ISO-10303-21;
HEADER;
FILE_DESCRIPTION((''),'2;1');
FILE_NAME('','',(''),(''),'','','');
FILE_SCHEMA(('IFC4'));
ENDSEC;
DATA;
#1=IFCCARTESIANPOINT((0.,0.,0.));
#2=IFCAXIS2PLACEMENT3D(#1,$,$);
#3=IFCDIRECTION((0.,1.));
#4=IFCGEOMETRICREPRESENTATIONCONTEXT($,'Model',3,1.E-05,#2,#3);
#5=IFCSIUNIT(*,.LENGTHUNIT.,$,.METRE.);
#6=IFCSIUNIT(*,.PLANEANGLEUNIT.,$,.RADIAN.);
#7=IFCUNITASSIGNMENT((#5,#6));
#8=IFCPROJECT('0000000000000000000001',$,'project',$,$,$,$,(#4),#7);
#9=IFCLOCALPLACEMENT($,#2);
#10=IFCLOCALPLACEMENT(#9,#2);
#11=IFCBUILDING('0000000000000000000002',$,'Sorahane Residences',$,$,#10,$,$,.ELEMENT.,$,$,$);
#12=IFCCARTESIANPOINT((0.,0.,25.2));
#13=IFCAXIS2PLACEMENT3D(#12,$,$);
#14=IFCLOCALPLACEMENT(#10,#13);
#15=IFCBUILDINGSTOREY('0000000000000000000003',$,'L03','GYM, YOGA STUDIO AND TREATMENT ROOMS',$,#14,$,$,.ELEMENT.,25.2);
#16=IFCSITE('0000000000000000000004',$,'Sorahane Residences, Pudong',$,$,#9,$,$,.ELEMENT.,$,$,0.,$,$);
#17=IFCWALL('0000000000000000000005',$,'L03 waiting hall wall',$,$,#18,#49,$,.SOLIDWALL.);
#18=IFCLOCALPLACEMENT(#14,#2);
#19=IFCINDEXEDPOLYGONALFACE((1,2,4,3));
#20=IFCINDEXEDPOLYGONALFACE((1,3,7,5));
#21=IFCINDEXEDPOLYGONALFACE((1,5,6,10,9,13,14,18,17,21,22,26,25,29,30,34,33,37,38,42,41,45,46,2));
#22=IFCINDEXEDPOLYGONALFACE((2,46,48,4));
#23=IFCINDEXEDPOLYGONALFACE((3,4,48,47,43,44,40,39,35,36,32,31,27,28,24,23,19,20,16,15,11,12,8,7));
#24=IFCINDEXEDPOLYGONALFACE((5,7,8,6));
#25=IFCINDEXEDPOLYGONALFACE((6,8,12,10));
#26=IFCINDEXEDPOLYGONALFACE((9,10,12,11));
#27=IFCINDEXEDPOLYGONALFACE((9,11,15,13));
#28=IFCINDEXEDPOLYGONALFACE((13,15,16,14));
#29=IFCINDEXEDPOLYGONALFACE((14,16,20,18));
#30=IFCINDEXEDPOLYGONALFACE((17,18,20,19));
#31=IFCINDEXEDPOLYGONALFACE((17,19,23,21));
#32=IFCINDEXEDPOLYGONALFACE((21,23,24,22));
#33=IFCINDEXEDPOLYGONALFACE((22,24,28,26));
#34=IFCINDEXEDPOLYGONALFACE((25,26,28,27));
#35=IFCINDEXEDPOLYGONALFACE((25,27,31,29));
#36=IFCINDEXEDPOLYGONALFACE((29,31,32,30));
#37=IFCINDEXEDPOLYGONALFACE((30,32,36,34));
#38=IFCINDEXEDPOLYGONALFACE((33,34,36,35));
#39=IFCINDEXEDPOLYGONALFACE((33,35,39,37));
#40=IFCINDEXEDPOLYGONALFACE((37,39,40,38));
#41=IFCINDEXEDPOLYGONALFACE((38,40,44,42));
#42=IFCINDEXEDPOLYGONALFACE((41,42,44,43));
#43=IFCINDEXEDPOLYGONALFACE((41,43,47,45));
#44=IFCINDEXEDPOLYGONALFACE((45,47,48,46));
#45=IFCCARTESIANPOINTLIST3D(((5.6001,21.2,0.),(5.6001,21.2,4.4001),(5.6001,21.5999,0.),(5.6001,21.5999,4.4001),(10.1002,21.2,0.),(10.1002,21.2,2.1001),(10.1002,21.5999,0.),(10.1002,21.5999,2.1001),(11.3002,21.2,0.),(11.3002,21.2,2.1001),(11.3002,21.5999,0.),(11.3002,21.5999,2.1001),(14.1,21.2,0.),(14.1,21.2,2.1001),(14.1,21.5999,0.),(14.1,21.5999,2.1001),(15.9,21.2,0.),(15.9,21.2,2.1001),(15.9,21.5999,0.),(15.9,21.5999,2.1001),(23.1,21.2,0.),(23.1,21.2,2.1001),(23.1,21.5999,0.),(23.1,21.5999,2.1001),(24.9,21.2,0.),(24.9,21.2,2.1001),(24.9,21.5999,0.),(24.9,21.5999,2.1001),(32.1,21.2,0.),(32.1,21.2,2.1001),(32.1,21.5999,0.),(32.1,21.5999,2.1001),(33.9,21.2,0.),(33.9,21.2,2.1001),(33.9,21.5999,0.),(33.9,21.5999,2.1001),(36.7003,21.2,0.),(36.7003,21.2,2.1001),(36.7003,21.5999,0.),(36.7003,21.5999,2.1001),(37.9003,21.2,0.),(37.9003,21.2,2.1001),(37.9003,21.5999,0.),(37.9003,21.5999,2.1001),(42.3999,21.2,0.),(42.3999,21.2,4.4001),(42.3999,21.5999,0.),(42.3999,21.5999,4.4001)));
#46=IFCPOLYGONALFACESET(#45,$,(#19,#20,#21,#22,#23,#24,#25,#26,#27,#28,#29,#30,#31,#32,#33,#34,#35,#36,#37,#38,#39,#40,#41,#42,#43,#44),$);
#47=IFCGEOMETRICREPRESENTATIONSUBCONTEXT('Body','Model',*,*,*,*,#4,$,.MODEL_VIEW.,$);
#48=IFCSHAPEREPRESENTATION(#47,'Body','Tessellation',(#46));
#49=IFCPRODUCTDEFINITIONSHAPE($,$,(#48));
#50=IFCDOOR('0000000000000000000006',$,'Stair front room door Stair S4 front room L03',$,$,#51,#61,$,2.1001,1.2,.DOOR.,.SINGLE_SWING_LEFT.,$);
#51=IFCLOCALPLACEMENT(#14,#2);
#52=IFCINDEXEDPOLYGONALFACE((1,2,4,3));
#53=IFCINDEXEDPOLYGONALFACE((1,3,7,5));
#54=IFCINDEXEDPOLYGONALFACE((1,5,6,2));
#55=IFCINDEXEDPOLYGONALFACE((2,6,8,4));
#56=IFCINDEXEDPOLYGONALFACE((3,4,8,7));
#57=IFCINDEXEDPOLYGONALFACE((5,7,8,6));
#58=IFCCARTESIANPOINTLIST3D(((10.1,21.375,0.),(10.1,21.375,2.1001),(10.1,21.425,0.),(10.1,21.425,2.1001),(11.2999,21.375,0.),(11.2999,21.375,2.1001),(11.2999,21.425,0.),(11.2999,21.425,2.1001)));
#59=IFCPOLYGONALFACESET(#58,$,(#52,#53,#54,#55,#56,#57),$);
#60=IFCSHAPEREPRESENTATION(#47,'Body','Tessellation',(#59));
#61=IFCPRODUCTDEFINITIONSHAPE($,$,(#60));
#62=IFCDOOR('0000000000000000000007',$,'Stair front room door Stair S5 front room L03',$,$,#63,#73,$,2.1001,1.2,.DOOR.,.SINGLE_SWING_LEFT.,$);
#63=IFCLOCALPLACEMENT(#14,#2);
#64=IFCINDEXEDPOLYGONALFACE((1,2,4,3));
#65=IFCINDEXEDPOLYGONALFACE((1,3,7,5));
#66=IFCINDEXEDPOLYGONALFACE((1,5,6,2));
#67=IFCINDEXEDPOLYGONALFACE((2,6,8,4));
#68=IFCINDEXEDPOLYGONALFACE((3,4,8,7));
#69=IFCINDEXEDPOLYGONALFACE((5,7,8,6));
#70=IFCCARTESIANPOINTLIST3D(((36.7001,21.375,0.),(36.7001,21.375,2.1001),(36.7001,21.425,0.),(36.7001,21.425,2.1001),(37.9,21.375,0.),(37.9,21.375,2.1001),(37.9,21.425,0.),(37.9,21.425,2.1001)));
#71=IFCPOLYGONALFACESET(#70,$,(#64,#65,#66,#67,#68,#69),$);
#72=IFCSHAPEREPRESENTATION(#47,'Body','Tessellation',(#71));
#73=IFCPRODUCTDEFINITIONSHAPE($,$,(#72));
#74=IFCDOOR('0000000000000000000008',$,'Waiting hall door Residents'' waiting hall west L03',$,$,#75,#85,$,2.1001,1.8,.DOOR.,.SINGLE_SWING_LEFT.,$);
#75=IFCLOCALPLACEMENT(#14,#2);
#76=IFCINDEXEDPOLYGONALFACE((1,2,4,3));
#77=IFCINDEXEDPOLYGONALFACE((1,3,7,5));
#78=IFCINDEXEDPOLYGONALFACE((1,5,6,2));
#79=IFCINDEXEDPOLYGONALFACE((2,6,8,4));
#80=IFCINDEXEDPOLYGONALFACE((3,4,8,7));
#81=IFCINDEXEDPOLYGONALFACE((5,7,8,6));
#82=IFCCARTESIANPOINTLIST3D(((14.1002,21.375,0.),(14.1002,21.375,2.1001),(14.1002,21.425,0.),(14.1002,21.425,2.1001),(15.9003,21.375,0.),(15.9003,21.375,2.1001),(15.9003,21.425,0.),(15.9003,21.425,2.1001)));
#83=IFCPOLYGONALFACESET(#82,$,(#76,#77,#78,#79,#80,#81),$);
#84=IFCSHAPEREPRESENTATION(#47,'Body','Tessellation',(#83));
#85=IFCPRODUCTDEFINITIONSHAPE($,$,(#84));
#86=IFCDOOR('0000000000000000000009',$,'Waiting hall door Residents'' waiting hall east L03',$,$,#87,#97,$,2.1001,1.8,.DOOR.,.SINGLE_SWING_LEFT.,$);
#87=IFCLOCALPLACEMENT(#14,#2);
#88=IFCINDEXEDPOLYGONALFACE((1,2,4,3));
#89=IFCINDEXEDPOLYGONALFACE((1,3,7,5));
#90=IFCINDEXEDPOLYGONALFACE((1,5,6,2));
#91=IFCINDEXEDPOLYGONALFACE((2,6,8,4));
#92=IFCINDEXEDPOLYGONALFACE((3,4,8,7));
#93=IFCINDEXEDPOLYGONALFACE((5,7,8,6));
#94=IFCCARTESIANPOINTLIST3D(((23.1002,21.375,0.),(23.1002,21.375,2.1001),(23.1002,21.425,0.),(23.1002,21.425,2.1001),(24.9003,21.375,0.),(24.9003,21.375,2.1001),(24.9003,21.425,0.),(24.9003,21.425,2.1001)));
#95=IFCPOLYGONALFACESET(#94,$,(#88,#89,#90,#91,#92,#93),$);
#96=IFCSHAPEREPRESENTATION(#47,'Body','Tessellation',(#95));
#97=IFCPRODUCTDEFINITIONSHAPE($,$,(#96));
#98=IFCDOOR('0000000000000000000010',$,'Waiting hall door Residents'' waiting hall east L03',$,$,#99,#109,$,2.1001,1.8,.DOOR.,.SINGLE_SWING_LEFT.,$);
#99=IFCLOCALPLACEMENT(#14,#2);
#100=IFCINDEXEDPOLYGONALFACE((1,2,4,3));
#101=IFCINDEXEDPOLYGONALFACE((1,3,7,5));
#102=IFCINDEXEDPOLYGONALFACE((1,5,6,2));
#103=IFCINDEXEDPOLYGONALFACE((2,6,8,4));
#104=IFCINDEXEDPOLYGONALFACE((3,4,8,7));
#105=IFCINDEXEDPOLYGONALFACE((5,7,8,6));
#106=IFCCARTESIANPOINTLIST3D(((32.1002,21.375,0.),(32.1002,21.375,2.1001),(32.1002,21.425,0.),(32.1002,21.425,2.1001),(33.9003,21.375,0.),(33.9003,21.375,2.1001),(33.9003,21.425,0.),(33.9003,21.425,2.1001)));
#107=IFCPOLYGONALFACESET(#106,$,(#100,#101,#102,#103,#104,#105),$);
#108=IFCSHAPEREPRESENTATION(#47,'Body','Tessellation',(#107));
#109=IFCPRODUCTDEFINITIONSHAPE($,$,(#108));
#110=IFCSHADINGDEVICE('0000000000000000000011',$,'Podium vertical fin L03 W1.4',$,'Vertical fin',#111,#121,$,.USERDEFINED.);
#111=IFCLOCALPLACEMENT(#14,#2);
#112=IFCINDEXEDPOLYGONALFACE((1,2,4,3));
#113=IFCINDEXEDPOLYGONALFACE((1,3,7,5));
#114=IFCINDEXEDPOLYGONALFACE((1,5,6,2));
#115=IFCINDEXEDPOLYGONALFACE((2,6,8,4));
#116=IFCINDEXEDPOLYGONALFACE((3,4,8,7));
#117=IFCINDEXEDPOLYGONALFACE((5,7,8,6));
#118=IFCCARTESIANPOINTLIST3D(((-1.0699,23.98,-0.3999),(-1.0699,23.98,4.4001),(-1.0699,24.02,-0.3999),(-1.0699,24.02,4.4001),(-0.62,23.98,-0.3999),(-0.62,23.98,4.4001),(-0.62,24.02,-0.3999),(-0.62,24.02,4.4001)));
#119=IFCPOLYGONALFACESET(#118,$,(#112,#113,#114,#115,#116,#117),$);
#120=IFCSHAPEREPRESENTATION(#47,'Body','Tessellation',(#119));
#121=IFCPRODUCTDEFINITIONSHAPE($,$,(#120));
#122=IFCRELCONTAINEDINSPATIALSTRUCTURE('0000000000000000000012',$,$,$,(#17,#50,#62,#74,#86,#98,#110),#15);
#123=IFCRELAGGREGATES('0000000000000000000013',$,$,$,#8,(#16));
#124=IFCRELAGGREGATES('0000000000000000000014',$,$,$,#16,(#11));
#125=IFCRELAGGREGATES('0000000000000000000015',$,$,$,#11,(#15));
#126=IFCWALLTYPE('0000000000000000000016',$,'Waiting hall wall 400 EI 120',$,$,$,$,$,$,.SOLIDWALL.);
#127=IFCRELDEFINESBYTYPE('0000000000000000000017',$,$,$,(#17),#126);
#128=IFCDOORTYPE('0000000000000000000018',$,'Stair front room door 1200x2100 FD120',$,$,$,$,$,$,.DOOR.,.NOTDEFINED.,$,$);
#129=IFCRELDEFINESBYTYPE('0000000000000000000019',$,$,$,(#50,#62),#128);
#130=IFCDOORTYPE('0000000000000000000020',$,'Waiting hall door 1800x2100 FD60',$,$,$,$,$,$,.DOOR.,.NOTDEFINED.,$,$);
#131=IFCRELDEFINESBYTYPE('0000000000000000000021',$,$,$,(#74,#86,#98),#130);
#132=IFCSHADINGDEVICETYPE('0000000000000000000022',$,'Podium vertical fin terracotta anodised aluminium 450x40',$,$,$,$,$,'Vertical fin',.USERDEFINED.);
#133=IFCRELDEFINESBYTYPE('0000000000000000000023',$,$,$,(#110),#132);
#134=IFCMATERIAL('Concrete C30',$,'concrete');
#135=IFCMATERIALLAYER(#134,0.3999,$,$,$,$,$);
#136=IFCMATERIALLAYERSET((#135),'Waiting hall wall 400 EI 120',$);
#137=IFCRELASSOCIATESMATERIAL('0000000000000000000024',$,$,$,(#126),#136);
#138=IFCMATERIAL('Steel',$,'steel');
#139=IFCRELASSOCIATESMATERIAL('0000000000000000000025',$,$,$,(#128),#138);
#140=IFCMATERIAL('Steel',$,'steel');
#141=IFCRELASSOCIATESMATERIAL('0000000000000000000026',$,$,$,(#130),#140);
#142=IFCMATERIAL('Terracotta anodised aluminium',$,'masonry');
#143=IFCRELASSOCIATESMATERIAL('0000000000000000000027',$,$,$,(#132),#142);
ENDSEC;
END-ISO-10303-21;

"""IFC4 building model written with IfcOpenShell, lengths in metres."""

from ifc_helpers import new_model, si_unit, direction, frame, frame_2d, origin, origin_2d, place, context, subcontext, project, spatial, rectangle, extrude, material, layer, layer_set, material_profile, profile_set, type_object, element, fill, save


model = new_model("IFC4")

# Units and contexts
model_context = context("Model", 3, precision=1e-05, world=origin(), true_north=direction((0.0, 1.0)))
body_context = subcontext(model_context, "Body", "Model", "MODEL_VIEW")
ifc_project = project(units=[si_unit("LENGTHUNIT", "METRE"), si_unit("PLANEANGLEUNIT", "RADIAN")], contexts=[model_context])

# Site, building, storey
site_placement = place(None, origin())
site = spatial("IfcSite", under=ifc_project, at=site_placement, Name="Sorahane Residences, Pudong", CompositionType="ELEMENT", RefElevation=0.0)
building_placement = place(site_placement, origin())
building = spatial("IfcBuilding", under=site, at=building_placement, Name="Sorahane Residences", CompositionType="ELEMENT")
storey_placement = place(building_placement, frame((0.0, 0.0, 25.2)))
storey = spatial("IfcBuildingStorey", under=building, at=storey_placement, Name="L03", Description="GYM, YOGA STUDIO AND TREATMENT ROOMS", CompositionType="ELEMENT", Elevation=25.2)

# Wall, openings, doors
ifc_material_1 = material(Name="Concrete C30", Category="concrete")
ifc_layer_1 = layer(ifc_material_1, 0.3999)
ifc_layer_set_1 = layer_set([ifc_layer_1], Name="Waiting hall wall 400 EI 120")
wall_type_1 = type_object("IfcWallType", Name="Waiting hall wall 400 EI 120", PredefinedType="SOLIDWALL", material=ifc_layer_set_1)
wall_1_placement = place(storey_placement, frame((5.6001, 21.3999, 0.0), z_axis=(0.0, 0.0, 1.0), x_axis=(1.0, 0.0, 0.0)))
wall_1 = element("IfcWall", 1, at=wall_1_placement, inside=storey, type_object=wall_type_1, Name="L03 waiting hall wall", PredefinedType="SOLIDWALL", context=body_context, shape_type="SweptSolid", body=[
    extrude(rectangle(XDim=36.7998, YDim=0.3999, at=frame_2d((18.3999, 0.0))), origin(), (0.0, 0.0, 1.0), 4.4001),
])
opening_1_placement = place(wall_1_placement, frame((8.5, 0.0, 0.0)))
opening_1 = element("IfcOpeningElement", 2, at=opening_1_placement, cuts=wall_1, PredefinedType="OPENING", context=body_context, shape_type="SweptSolid", body=[
    extrude(rectangle(XDim=1.8, YDim=2.1001, at=frame_2d((0.8999, 1.05))), frame((0.0, 0.21, 0.0), z_axis=(0.0, -1.0, 0.0), x_axis=(1.0, 0.0, 0.0)), (0.0, 0.0, 1.0), 0.4199),
])
opening_2_placement = place(wall_1_placement, frame((17.5, 0.0, 0.0)))
opening_2 = element("IfcOpeningElement", 3, at=opening_2_placement, cuts=wall_1, PredefinedType="OPENING", context=body_context, shape_type="SweptSolid", body=[
    extrude(rectangle(XDim=1.8, YDim=2.1001, at=frame_2d((0.8999, 1.05))), frame((0.0, 0.21, 0.0), z_axis=(0.0, -1.0, 0.0), x_axis=(1.0, 0.0, 0.0)), (0.0, 0.0, 1.0), 0.4199),
])
opening_3_placement = place(wall_1_placement, frame((26.5, 0.0, 0.0)))
opening_3 = element("IfcOpeningElement", 4, at=opening_3_placement, cuts=wall_1, PredefinedType="OPENING", context=body_context, shape_type="SweptSolid", body=[
    extrude(rectangle(XDim=1.8, YDim=2.1001, at=frame_2d((0.8999, 1.05))), frame((0.0, 0.21, 0.0), z_axis=(0.0, -1.0, 0.0), x_axis=(1.0, 0.0, 0.0)), (0.0, 0.0, 1.0), 0.4199),
])
opening_4_placement = place(wall_1_placement, frame((4.5, 0.0, 0.0)))
opening_4 = element("IfcOpeningElement", 5, at=opening_4_placement, cuts=wall_1, PredefinedType="OPENING", context=body_context, shape_type="SweptSolid", body=[
    extrude(rectangle(XDim=1.2, YDim=2.1001, at=frame_2d((0.6001, 1.05))), frame((0.0, 0.21, 0.0), z_axis=(0.0, -1.0, 0.0), x_axis=(1.0, 0.0, 0.0)), (0.0, 0.0, 1.0), 0.4199),
])
opening_5_placement = place(wall_1_placement, frame((31.1001, 0.0, 0.0)))
opening_5 = element("IfcOpeningElement", 6, at=opening_5_placement, cuts=wall_1, PredefinedType="OPENING", context=body_context, shape_type="SweptSolid", body=[
    extrude(rectangle(XDim=1.2, YDim=2.1001, at=frame_2d((0.6001, 1.05))), frame((0.0, 0.21, 0.0), z_axis=(0.0, -1.0, 0.0), x_axis=(1.0, 0.0, 0.0)), (0.0, 0.0, 1.0), 0.4199),
])
ifc_material_2 = material(Name="Steel", Category="steel")
door_type_1 = type_object("IfcDoorType", Name="Stair front room door 1200x2100 FD120", OperationType="NOTDEFINED", PredefinedType="DOOR", material=ifc_material_2)
door_1_placement = place(opening_4_placement, frame((1.2, 0.0, 0.0), z_axis=(0.0, 0.0, 1.0), x_axis=(-1.0, 0.0, 0.0)))
door_1 = element("IfcDoor", 7, at=door_1_placement, inside=storey, type_object=door_type_1, Name="Stair front room door Stair S4 front room L03", OperationType="SINGLE_SWING_LEFT", OverallHeight=2.1001, OverallWidth=1.2, PredefinedType="DOOR", context=body_context, shape_type="SweptSolid", body=[
    extrude(rectangle(XDim=1.2, YDim=2.1001, at=frame_2d((0.6001, 1.05))), frame((0.0, 0.0249, 0.0), z_axis=(0.0, -1.0, 0.0), x_axis=(1.0, 0.0, 0.0)), (0.0, 0.0, 1.0), 0.05),
])
fill(opening_4, door_1)
door_2_placement = place(opening_5_placement, frame((1.2, 0.0, 0.0), z_axis=(0.0, 0.0, 1.0), x_axis=(-1.0, 0.0, 0.0)))
door_2 = element("IfcDoor", 8, at=door_2_placement, inside=storey, type_object=door_type_1, Name="Stair front room door Stair S5 front room L03", OperationType="SINGLE_SWING_LEFT", OverallHeight=2.1001, OverallWidth=1.2, PredefinedType="DOOR", context=body_context, shape_type="SweptSolid", body=[
    extrude(rectangle(XDim=1.2, YDim=2.1001, at=frame_2d((0.6001, 1.05))), frame((0.0, 0.0249, 0.0), z_axis=(0.0, -1.0, 0.0), x_axis=(1.0, 0.0, 0.0)), (0.0, 0.0, 1.0), 0.05),
])
fill(opening_5, door_2)
ifc_material_3 = material(Name="Steel", Category="steel")
door_type_2 = type_object("IfcDoorType", Name="Waiting hall door 1800x2100 FD60", OperationType="NOTDEFINED", PredefinedType="DOOR", material=ifc_material_3)
door_3_placement = place(opening_1_placement, frame((1.8, 0.0, 0.0), z_axis=(0.0, 0.0, 1.0), x_axis=(-1.0, 0.0, 0.0)))
door_3 = element("IfcDoor", 9, at=door_3_placement, inside=storey, type_object=door_type_2, Name="Waiting hall door Residents' waiting hall west L03", OperationType="SINGLE_SWING_LEFT", OverallHeight=2.1001, OverallWidth=1.8, PredefinedType="DOOR", context=body_context, shape_type="SweptSolid", body=[
    extrude(rectangle(XDim=1.8, YDim=2.1001, at=frame_2d((0.8999, 1.05))), frame((0.0, 0.0249, 0.0), z_axis=(0.0, -1.0, 0.0), x_axis=(1.0, 0.0, 0.0)), (0.0, 0.0, 1.0), 0.05),
])
fill(opening_1, door_3)
door_4_placement = place(opening_2_placement, frame((1.8, 0.0, 0.0), z_axis=(0.0, 0.0, 1.0), x_axis=(-1.0, 0.0, 0.0)))
door_4 = element("IfcDoor", 10, at=door_4_placement, inside=storey, type_object=door_type_2, Name="Waiting hall door Residents' waiting hall east L03", OperationType="SINGLE_SWING_LEFT", OverallHeight=2.1001, OverallWidth=1.8, PredefinedType="DOOR", context=body_context, shape_type="SweptSolid", body=[
    extrude(rectangle(XDim=1.8, YDim=2.1001, at=frame_2d((0.8999, 1.05))), frame((0.0, 0.0249, 0.0), z_axis=(0.0, -1.0, 0.0), x_axis=(1.0, 0.0, 0.0)), (0.0, 0.0, 1.0), 0.05),
])
fill(opening_2, door_4)
door_5_placement = place(opening_3_placement, frame((1.8, 0.0, 0.0), z_axis=(0.0, 0.0, 1.0), x_axis=(-1.0, 0.0, 0.0)))
door_5 = element("IfcDoor", 11, at=door_5_placement, inside=storey, type_object=door_type_2, Name="Waiting hall door Residents' waiting hall east L03", OperationType="SINGLE_SWING_LEFT", OverallHeight=2.1001, OverallWidth=1.8, PredefinedType="DOOR", context=body_context, shape_type="SweptSolid", body=[
    extrude(rectangle(XDim=1.8, YDim=2.1001, at=frame_2d((0.8999, 1.05))), frame((0.0, 0.0249, 0.0), z_axis=(0.0, -1.0, 0.0), x_axis=(1.0, 0.0, 0.0)), (0.0, 0.0, 1.0), 0.05),
])
fill(opening_3, door_5)

# Shading device
ifc_material_4 = material(Name="Terracotta anodised aluminium", Category="masonry")
ifc_material_profile_1 = material_profile(ifc_material_4, rectangle(XDim=0.45, YDim=0.04, at=origin_2d()), Name="Podium vertical fin terracotta anodised aluminium 450x40")
ifc_profile_set_1 = profile_set([ifc_material_profile_1], Name="Terracotta anodised aluminium")
shading_device_type = type_object("IfcShadingDeviceType", Name="Podium vertical fin terracotta anodised aluminium 450x40", ElementType="Vertical fin", PredefinedType="USERDEFINED", material=ifc_profile_set_1)
shading_device_placement = place(storey_placement, frame((-0.845, 24.0, -0.3999), z_axis=(0.0, 0.0, 1.0), x_axis=(-1.0, 0.0, 0.0)))
element("IfcShadingDevice", 12, at=shading_device_placement, inside=storey, type_object=shading_device_type, Name="Podium vertical fin L03 W1.4", ObjectType="Vertical fin", PredefinedType="USERDEFINED", context=body_context, shape_type="SweptSolid", body=[
    extrude(rectangle(XDim=0.45, YDim=0.04, at=origin_2d()), origin(), (0.0, 0.0, 1.0), 4.8),
])

save(model, "model.ifc")
